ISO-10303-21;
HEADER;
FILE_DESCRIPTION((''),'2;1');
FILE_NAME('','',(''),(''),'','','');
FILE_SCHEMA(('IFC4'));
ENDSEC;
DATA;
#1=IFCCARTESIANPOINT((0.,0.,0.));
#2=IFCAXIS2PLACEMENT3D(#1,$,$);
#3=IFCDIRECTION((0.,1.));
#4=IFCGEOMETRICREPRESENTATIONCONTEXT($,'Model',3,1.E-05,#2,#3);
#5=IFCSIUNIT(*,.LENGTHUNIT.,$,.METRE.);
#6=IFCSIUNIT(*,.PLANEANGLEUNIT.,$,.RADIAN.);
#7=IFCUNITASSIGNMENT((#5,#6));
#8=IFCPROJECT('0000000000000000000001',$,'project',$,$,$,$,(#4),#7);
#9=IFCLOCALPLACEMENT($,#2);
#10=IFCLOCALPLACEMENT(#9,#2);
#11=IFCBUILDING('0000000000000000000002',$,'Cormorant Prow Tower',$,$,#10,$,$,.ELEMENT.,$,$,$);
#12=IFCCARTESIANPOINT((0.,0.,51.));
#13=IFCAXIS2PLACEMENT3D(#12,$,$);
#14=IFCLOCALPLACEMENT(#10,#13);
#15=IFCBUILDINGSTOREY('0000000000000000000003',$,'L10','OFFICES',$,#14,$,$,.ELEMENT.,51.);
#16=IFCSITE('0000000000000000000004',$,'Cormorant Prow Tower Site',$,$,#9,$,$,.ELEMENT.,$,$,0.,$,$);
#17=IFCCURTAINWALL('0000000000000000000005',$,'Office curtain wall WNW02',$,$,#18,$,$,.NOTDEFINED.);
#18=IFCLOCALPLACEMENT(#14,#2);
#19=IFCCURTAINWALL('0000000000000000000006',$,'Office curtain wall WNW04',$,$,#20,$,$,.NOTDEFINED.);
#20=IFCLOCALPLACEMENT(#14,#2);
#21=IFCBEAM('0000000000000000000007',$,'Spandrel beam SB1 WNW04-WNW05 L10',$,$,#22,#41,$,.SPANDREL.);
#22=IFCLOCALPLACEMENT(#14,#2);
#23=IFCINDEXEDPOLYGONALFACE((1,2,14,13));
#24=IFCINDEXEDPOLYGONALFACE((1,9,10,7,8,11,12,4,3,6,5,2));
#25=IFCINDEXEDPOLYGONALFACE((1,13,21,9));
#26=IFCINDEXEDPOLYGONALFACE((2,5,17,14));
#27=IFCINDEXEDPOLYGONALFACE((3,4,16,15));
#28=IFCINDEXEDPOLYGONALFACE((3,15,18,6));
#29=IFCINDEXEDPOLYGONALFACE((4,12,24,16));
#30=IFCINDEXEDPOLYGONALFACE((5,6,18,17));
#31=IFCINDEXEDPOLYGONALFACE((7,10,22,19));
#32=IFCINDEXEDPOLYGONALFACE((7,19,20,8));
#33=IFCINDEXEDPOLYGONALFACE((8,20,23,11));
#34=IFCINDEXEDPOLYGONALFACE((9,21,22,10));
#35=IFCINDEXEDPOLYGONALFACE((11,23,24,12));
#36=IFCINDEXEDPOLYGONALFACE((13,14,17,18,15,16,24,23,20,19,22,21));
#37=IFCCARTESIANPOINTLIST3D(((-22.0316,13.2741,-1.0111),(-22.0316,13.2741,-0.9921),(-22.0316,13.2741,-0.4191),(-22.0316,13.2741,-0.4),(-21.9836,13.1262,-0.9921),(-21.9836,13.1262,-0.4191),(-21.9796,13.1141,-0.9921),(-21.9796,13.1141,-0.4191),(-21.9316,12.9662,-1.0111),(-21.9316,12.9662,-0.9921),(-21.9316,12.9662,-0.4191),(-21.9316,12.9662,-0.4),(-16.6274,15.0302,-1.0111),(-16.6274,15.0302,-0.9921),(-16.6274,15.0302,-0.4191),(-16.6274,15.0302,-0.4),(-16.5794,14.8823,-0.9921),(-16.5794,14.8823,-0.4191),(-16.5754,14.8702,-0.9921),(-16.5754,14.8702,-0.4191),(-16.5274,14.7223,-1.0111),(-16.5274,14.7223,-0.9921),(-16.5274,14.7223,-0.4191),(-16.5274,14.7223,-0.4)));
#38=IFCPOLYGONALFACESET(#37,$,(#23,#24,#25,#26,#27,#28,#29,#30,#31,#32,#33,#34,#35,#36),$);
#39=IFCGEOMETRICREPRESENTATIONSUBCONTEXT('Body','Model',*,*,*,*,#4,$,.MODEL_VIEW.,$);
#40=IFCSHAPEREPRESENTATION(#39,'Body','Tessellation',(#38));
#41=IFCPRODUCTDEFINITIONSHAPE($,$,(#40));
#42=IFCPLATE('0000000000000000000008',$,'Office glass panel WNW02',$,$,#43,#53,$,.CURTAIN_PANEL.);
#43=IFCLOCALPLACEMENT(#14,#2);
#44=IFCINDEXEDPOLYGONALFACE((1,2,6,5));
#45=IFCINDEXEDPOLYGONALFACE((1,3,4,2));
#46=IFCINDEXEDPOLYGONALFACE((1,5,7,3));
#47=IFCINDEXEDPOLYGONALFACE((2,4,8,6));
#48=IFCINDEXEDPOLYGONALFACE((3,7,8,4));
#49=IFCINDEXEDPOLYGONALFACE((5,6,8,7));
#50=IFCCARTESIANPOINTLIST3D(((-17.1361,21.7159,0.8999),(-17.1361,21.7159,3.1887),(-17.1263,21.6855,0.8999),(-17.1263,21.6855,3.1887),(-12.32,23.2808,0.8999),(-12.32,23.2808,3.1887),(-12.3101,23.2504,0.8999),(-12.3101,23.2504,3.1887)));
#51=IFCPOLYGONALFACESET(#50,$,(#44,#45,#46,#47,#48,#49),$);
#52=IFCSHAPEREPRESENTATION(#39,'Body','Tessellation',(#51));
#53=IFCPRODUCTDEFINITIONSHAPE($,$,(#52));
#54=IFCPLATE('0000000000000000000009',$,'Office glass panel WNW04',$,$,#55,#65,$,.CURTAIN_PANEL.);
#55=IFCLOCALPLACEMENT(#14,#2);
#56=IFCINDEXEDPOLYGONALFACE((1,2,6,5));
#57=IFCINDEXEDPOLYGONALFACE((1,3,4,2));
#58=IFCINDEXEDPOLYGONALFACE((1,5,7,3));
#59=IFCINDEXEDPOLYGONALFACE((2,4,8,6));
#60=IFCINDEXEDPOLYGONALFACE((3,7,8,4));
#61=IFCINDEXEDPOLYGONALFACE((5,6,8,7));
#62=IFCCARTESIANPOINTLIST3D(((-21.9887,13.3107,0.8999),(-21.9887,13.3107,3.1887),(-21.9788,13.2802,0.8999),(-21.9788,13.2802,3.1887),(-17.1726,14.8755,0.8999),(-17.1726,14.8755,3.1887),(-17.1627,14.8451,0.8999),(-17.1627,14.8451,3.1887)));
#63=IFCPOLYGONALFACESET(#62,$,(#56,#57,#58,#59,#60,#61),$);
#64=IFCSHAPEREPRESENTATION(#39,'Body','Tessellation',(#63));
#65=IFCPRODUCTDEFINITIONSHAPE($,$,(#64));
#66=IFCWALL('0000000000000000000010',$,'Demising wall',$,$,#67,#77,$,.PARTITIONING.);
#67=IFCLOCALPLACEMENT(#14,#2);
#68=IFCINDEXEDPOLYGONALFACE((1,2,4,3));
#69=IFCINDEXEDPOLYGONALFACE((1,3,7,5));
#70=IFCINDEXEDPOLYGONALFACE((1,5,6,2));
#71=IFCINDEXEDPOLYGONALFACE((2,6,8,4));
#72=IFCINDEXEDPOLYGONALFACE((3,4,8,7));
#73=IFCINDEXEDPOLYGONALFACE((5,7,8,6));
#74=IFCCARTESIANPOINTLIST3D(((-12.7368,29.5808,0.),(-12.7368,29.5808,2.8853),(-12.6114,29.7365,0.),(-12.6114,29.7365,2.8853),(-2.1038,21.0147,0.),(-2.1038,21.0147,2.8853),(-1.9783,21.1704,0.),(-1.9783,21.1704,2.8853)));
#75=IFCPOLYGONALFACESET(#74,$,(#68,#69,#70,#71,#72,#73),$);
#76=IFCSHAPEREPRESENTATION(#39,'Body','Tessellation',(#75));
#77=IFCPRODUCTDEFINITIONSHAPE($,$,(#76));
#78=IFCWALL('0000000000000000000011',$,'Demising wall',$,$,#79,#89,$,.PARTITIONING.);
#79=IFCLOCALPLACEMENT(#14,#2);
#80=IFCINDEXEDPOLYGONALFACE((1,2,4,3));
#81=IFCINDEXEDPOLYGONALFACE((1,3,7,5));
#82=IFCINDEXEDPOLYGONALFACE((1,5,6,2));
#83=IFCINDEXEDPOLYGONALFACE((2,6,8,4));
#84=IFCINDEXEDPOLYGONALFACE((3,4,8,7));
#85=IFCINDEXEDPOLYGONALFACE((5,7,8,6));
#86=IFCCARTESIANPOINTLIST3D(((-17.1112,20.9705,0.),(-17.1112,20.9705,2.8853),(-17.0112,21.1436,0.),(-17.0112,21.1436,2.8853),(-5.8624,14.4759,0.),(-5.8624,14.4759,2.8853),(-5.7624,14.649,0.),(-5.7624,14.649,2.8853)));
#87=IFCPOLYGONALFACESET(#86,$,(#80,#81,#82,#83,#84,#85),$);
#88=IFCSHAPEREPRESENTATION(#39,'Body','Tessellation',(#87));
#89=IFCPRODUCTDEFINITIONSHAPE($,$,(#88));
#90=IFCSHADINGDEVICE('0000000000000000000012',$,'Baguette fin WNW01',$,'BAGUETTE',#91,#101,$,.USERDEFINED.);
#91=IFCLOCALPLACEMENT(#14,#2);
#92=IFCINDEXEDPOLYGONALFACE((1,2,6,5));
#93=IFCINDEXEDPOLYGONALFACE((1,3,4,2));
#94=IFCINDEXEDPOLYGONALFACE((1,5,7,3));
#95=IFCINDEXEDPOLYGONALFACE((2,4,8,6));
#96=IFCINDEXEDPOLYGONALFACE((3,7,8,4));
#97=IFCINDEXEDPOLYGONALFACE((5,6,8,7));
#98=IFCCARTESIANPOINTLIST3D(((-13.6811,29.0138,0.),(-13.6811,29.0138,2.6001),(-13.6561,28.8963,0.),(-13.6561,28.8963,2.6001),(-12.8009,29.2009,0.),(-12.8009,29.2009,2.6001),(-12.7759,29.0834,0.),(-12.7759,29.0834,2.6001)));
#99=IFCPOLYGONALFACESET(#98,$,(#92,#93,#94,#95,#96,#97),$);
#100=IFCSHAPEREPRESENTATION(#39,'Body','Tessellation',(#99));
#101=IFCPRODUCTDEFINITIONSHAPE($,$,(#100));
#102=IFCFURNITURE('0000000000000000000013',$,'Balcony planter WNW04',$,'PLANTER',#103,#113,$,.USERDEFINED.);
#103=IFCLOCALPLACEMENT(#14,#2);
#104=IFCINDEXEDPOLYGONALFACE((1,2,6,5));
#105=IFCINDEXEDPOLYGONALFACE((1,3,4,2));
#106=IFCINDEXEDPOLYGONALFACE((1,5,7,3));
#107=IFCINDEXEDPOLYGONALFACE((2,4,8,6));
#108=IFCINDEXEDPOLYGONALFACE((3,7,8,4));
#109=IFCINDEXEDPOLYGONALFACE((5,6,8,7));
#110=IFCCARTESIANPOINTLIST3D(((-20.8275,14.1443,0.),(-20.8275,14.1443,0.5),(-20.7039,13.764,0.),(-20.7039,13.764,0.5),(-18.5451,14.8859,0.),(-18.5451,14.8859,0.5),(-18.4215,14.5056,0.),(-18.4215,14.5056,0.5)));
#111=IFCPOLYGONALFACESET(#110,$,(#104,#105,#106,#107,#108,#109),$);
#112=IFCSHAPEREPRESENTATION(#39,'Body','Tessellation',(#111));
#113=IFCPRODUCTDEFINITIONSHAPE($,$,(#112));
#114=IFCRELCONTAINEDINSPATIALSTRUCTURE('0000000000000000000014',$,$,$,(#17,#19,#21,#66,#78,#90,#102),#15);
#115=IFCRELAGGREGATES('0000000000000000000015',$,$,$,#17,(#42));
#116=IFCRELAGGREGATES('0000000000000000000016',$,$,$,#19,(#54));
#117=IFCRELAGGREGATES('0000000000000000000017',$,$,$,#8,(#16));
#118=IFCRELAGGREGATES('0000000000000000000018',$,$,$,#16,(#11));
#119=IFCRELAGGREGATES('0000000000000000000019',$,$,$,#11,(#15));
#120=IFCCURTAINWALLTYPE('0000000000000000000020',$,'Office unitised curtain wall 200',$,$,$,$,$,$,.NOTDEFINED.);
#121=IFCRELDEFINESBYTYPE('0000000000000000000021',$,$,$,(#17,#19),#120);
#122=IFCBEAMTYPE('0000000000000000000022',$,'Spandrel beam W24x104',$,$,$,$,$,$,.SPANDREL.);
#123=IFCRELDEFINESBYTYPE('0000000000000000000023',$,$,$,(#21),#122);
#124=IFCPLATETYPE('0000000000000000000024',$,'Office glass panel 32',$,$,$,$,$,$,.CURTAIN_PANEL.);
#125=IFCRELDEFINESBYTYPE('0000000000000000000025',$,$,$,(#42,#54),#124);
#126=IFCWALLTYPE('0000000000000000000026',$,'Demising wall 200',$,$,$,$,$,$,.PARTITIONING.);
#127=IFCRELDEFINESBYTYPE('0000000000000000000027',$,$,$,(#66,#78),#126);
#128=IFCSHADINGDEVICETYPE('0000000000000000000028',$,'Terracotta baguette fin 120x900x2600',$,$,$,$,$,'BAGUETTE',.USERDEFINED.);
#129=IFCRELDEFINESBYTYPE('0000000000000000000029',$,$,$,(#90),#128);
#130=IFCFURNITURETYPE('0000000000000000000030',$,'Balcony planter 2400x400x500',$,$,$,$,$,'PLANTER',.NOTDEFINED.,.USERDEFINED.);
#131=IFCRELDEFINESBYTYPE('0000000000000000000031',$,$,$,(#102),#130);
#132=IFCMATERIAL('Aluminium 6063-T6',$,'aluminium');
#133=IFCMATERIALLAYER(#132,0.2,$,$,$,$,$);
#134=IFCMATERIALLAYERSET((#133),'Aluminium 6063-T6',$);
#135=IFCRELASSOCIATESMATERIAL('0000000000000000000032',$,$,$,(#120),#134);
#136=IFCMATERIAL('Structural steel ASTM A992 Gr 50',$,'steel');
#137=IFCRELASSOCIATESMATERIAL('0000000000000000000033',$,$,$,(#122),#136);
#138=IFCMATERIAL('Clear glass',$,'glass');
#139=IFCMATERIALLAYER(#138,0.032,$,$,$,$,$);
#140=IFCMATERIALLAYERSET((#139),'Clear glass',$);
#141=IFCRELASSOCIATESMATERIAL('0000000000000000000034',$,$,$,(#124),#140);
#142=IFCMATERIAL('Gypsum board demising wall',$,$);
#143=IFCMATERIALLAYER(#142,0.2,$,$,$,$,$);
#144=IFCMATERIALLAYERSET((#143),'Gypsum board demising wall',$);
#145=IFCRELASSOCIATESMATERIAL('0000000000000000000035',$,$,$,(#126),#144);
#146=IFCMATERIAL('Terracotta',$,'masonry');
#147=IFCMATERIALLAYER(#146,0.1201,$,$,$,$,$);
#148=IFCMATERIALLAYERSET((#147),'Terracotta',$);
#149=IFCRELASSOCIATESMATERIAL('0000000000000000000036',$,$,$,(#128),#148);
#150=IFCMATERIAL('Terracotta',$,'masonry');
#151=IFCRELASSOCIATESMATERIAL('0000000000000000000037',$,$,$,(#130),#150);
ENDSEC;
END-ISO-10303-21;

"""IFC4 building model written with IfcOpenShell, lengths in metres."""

from ifc_helpers import new_model, si_unit, direction, frame, frame_2d, origin, origin_2d, place, context, subcontext, project, spatial, rectangle, i_section, extrude, material, layer, layer_set, material_profile, profile_set, type_object, element, aggregate, save


model = new_model("IFC4")

# Units and contexts
model_context = context("Model", 3, precision=1e-05, world=origin(), true_north=direction((0.0, 1.0)))
body_context = subcontext(model_context, "Body", "Model", "MODEL_VIEW")
ifc_project = project(units=[si_unit("LENGTHUNIT", "METRE"), si_unit("PLANEANGLEUNIT", "RADIAN")], contexts=[model_context])

# Site, building, storey
site_placement = place(None, origin())
site = spatial("IfcSite", under=ifc_project, at=site_placement, Name="Cormorant Prow Tower Site", CompositionType="ELEMENT", RefElevation=0.0)
building_placement = place(site_placement, origin())
building = spatial("IfcBuilding", under=site, at=building_placement, Name="Cormorant Prow Tower", CompositionType="ELEMENT")
storey_placement = place(building_placement, frame((0.0, 0.0, 51.0)))
storey = spatial("IfcBuildingStorey", under=building, at=storey_placement, Name="L10", Description="OFFICES", CompositionType="ELEMENT", Elevation=51.0)

# Curtain walls
ifc_material_1 = material(Name="Aluminium 6063-T6", Category="aluminium")
ifc_layer_1 = layer(ifc_material_1, 0.2)
ifc_layer_set_1 = layer_set([ifc_layer_1], Name="Aluminium 6063-T6")
curtain_wall_type = type_object("IfcCurtainWallType", Name="Office unitised curtain wall 200", PredefinedType="NOTDEFINED", material=ifc_layer_set_1)
curtain_wall_1_placement = place(storey_placement, origin())
curtain_wall_1 = element("IfcCurtainWall", 1, at=curtain_wall_1_placement, inside=storey, type_object=curtain_wall_type, Name="Office curtain wall WNW02", PredefinedType="NOTDEFINED")
curtain_wall_2_placement = place(storey_placement, origin())
curtain_wall_2 = element("IfcCurtainWall", 2, at=curtain_wall_2_placement, inside=storey, type_object=curtain_wall_type, Name="Office curtain wall WNW04", PredefinedType="NOTDEFINED")

# Beam
ifc_material_2 = material(Name="Structural steel ASTM A992 Gr 50", Category="steel")
ifc_material_profile_1 = material_profile(ifc_material_2, i_section(OverallWidth=0.3237, OverallDepth=0.6111, WebThickness=0.0127, FlangeThickness=0.019, at=origin_2d()), Name="W24x104")
ifc_profile_set_1 = profile_set([ifc_material_profile_1], Name="Structural steel ASTM A992 Gr 50")
beam_type = type_object("IfcBeamType", Name="Spandrel beam W24x104", PredefinedType="SPANDREL", material=ifc_profile_set_1)
beam_1_placement = place(storey_placement, frame((-16.5774, 14.8762, -0.7056), z_axis=(-0.951049, -0.309039, 0.0), x_axis=(0.309039, -0.951049, 0.0)))
element("IfcBeam", 3, at=beam_1_placement, inside=storey, type_object=beam_type, Name="Spandrel beam SB1 WNW04-WNW05 L10", PredefinedType="SPANDREL", context=body_context, shape_type="SweptSolid", body=[
    extrude(i_section(OverallWidth=0.3237, OverallDepth=0.6111, WebThickness=0.0127, FlangeThickness=0.019, at=origin_2d()), origin(), (0.0, 0.0, 1.0), 5.6824),
])

# Plates
ifc_material_3 = material(Name="Clear glass", Category="glass")
ifc_layer_2 = layer(ifc_material_3, 0.032)
ifc_layer_set_2 = layer_set([ifc_layer_2], Name="Clear glass")
plate_type = type_object("IfcPlateType", Name="Office glass panel 32", PredefinedType="CURTAIN_PANEL", material=ifc_layer_set_2)
plate_1_placement = place(storey_placement, frame((-14.7231, 22.4832, 0.8999), z_axis=(0.0, 0.0, 1.0), x_axis=(-0.951057, -0.309017, 0.0)))
plate_1 = element("IfcPlate", 4, at=plate_1_placement, type_object=plate_type, Name="Office glass panel WNW02", PredefinedType="CURTAIN_PANEL", context=body_context, shape_type="SweptSolid", body=[
    extrude(rectangle(XDim=5.064, YDim=0.032, at=origin_2d()), origin(), (0.0, 0.0, 1.0), 2.2888),
])
aggregate(curtain_wall_1, [plate_1])
plate_2_placement = place(storey_placement, frame((-19.5757, 14.0779, 0.8999), z_axis=(0.0, 0.0, 1.0), x_axis=(-0.951057, -0.309017, 0.0)))
plate_2 = element("IfcPlate", 5, at=plate_2_placement, type_object=plate_type, Name="Office glass panel WNW04", PredefinedType="CURTAIN_PANEL", context=body_context, shape_type="SweptSolid", body=[
    extrude(rectangle(XDim=5.064, YDim=0.032, at=origin_2d()), origin(), (0.0, 0.0, 1.0), 2.2888),
])
aggregate(curtain_wall_2, [plate_2])

# Walls
ifc_material_4 = material(Name="Gypsum board demising wall")
ifc_layer_3 = layer(ifc_material_4, 0.2)
ifc_layer_set_3 = layer_set([ifc_layer_3], Name="Gypsum board demising wall")
wall_type_1 = type_object("IfcWallType", Name="Demising wall 200", PredefinedType="PARTITIONING", material=ifc_layer_set_3)
wall_1_placement = place(storey_placement, frame((-12.6741, 29.6587, 0.0), z_axis=(0.0, 0.0, 1.0), x_axis=(0.778731, -0.627358, 0.0)))
element("IfcWall", 6, at=wall_1_placement, inside=storey, type_object=wall_type_1, Name="Demising wall", PredefinedType="PARTITIONING", context=body_context, shape_type="SweptSolid", body=[
    extrude(rectangle(XDim=13.6543, YDim=0.2, at=frame_2d((6.8271, 0.0))), origin(), (0.0, 0.0, 1.0), 2.8853),
])
wall_2_placement = place(storey_placement, frame((-17.0613, 21.0571, 0.0), z_axis=(0.0, 0.0, 1.0), x_axis=(0.866021, -0.500008, 0.0)))
element("IfcWall", 7, at=wall_2_placement, inside=storey, type_object=wall_type_1, Name="Demising wall", PredefinedType="PARTITIONING", context=body_context, shape_type="SweptSolid", body=[
    extrude(rectangle(XDim=12.989, YDim=0.2, at=frame_2d((6.4946, 0.0))), origin(), (0.0, 0.0, 1.0), 2.8853),
])

# Shading device
ifc_material_5 = material(Name="Terracotta", Category="masonry")
ifc_layer_4 = layer(ifc_material_5, 0.1201)
ifc_layer_set_4 = layer_set([ifc_layer_4], Name="Terracotta")
shading_device_type = type_object("IfcShadingDeviceType", Name="Terracotta baguette fin 120x900x2600", ElementType="BAGUETTE", PredefinedType="USERDEFINED", material=ifc_layer_set_4)
shading_device_placement = place(storey_placement, frame((-13.2285, 29.0486, 0.0), z_axis=(0.0, 0.0, 1.0), x_axis=(0.207912, -0.978148, 0.0)))
element("IfcShadingDevice", 8, at=shading_device_placement, inside=storey, type_object=shading_device_type, Name="Baguette fin WNW01", ObjectType="BAGUETTE", PredefinedType="USERDEFINED", context=body_context, shape_type="SweptSolid", body=[
    extrude(rectangle(XDim=0.1201, YDim=0.8999, at=origin_2d()), origin(), (0.0, 0.0, 1.0), 2.6001),
])

# Furniture
ifc_material_6 = material(Name="Terracotta", Category="masonry")
furniture_type = type_object("IfcFurnitureType", Name="Balcony planter 2400x400x500", ElementType="PLANTER", AssemblyPlace="NOTDEFINED", PredefinedType="USERDEFINED", material=ifc_material_6)
furniture_placement = place(storey_placement, frame((-19.6245, 14.325, 0.0), z_axis=(0.0, 0.0, 1.0), x_axis=(-0.951057, -0.309017, 0.0)))
element("IfcFurniture", 9, at=furniture_placement, inside=storey, type_object=furniture_type, Name="Balcony planter WNW04", ObjectType="PLANTER", PredefinedType="USERDEFINED", context=body_context, shape_type="SweptSolid", body=[
    extrude(rectangle(XDim=2.3999, YDim=0.3999, at=origin_2d()), origin(), (0.0, 0.0, 1.0), 0.5),
])

save(model, "model.ifc")
